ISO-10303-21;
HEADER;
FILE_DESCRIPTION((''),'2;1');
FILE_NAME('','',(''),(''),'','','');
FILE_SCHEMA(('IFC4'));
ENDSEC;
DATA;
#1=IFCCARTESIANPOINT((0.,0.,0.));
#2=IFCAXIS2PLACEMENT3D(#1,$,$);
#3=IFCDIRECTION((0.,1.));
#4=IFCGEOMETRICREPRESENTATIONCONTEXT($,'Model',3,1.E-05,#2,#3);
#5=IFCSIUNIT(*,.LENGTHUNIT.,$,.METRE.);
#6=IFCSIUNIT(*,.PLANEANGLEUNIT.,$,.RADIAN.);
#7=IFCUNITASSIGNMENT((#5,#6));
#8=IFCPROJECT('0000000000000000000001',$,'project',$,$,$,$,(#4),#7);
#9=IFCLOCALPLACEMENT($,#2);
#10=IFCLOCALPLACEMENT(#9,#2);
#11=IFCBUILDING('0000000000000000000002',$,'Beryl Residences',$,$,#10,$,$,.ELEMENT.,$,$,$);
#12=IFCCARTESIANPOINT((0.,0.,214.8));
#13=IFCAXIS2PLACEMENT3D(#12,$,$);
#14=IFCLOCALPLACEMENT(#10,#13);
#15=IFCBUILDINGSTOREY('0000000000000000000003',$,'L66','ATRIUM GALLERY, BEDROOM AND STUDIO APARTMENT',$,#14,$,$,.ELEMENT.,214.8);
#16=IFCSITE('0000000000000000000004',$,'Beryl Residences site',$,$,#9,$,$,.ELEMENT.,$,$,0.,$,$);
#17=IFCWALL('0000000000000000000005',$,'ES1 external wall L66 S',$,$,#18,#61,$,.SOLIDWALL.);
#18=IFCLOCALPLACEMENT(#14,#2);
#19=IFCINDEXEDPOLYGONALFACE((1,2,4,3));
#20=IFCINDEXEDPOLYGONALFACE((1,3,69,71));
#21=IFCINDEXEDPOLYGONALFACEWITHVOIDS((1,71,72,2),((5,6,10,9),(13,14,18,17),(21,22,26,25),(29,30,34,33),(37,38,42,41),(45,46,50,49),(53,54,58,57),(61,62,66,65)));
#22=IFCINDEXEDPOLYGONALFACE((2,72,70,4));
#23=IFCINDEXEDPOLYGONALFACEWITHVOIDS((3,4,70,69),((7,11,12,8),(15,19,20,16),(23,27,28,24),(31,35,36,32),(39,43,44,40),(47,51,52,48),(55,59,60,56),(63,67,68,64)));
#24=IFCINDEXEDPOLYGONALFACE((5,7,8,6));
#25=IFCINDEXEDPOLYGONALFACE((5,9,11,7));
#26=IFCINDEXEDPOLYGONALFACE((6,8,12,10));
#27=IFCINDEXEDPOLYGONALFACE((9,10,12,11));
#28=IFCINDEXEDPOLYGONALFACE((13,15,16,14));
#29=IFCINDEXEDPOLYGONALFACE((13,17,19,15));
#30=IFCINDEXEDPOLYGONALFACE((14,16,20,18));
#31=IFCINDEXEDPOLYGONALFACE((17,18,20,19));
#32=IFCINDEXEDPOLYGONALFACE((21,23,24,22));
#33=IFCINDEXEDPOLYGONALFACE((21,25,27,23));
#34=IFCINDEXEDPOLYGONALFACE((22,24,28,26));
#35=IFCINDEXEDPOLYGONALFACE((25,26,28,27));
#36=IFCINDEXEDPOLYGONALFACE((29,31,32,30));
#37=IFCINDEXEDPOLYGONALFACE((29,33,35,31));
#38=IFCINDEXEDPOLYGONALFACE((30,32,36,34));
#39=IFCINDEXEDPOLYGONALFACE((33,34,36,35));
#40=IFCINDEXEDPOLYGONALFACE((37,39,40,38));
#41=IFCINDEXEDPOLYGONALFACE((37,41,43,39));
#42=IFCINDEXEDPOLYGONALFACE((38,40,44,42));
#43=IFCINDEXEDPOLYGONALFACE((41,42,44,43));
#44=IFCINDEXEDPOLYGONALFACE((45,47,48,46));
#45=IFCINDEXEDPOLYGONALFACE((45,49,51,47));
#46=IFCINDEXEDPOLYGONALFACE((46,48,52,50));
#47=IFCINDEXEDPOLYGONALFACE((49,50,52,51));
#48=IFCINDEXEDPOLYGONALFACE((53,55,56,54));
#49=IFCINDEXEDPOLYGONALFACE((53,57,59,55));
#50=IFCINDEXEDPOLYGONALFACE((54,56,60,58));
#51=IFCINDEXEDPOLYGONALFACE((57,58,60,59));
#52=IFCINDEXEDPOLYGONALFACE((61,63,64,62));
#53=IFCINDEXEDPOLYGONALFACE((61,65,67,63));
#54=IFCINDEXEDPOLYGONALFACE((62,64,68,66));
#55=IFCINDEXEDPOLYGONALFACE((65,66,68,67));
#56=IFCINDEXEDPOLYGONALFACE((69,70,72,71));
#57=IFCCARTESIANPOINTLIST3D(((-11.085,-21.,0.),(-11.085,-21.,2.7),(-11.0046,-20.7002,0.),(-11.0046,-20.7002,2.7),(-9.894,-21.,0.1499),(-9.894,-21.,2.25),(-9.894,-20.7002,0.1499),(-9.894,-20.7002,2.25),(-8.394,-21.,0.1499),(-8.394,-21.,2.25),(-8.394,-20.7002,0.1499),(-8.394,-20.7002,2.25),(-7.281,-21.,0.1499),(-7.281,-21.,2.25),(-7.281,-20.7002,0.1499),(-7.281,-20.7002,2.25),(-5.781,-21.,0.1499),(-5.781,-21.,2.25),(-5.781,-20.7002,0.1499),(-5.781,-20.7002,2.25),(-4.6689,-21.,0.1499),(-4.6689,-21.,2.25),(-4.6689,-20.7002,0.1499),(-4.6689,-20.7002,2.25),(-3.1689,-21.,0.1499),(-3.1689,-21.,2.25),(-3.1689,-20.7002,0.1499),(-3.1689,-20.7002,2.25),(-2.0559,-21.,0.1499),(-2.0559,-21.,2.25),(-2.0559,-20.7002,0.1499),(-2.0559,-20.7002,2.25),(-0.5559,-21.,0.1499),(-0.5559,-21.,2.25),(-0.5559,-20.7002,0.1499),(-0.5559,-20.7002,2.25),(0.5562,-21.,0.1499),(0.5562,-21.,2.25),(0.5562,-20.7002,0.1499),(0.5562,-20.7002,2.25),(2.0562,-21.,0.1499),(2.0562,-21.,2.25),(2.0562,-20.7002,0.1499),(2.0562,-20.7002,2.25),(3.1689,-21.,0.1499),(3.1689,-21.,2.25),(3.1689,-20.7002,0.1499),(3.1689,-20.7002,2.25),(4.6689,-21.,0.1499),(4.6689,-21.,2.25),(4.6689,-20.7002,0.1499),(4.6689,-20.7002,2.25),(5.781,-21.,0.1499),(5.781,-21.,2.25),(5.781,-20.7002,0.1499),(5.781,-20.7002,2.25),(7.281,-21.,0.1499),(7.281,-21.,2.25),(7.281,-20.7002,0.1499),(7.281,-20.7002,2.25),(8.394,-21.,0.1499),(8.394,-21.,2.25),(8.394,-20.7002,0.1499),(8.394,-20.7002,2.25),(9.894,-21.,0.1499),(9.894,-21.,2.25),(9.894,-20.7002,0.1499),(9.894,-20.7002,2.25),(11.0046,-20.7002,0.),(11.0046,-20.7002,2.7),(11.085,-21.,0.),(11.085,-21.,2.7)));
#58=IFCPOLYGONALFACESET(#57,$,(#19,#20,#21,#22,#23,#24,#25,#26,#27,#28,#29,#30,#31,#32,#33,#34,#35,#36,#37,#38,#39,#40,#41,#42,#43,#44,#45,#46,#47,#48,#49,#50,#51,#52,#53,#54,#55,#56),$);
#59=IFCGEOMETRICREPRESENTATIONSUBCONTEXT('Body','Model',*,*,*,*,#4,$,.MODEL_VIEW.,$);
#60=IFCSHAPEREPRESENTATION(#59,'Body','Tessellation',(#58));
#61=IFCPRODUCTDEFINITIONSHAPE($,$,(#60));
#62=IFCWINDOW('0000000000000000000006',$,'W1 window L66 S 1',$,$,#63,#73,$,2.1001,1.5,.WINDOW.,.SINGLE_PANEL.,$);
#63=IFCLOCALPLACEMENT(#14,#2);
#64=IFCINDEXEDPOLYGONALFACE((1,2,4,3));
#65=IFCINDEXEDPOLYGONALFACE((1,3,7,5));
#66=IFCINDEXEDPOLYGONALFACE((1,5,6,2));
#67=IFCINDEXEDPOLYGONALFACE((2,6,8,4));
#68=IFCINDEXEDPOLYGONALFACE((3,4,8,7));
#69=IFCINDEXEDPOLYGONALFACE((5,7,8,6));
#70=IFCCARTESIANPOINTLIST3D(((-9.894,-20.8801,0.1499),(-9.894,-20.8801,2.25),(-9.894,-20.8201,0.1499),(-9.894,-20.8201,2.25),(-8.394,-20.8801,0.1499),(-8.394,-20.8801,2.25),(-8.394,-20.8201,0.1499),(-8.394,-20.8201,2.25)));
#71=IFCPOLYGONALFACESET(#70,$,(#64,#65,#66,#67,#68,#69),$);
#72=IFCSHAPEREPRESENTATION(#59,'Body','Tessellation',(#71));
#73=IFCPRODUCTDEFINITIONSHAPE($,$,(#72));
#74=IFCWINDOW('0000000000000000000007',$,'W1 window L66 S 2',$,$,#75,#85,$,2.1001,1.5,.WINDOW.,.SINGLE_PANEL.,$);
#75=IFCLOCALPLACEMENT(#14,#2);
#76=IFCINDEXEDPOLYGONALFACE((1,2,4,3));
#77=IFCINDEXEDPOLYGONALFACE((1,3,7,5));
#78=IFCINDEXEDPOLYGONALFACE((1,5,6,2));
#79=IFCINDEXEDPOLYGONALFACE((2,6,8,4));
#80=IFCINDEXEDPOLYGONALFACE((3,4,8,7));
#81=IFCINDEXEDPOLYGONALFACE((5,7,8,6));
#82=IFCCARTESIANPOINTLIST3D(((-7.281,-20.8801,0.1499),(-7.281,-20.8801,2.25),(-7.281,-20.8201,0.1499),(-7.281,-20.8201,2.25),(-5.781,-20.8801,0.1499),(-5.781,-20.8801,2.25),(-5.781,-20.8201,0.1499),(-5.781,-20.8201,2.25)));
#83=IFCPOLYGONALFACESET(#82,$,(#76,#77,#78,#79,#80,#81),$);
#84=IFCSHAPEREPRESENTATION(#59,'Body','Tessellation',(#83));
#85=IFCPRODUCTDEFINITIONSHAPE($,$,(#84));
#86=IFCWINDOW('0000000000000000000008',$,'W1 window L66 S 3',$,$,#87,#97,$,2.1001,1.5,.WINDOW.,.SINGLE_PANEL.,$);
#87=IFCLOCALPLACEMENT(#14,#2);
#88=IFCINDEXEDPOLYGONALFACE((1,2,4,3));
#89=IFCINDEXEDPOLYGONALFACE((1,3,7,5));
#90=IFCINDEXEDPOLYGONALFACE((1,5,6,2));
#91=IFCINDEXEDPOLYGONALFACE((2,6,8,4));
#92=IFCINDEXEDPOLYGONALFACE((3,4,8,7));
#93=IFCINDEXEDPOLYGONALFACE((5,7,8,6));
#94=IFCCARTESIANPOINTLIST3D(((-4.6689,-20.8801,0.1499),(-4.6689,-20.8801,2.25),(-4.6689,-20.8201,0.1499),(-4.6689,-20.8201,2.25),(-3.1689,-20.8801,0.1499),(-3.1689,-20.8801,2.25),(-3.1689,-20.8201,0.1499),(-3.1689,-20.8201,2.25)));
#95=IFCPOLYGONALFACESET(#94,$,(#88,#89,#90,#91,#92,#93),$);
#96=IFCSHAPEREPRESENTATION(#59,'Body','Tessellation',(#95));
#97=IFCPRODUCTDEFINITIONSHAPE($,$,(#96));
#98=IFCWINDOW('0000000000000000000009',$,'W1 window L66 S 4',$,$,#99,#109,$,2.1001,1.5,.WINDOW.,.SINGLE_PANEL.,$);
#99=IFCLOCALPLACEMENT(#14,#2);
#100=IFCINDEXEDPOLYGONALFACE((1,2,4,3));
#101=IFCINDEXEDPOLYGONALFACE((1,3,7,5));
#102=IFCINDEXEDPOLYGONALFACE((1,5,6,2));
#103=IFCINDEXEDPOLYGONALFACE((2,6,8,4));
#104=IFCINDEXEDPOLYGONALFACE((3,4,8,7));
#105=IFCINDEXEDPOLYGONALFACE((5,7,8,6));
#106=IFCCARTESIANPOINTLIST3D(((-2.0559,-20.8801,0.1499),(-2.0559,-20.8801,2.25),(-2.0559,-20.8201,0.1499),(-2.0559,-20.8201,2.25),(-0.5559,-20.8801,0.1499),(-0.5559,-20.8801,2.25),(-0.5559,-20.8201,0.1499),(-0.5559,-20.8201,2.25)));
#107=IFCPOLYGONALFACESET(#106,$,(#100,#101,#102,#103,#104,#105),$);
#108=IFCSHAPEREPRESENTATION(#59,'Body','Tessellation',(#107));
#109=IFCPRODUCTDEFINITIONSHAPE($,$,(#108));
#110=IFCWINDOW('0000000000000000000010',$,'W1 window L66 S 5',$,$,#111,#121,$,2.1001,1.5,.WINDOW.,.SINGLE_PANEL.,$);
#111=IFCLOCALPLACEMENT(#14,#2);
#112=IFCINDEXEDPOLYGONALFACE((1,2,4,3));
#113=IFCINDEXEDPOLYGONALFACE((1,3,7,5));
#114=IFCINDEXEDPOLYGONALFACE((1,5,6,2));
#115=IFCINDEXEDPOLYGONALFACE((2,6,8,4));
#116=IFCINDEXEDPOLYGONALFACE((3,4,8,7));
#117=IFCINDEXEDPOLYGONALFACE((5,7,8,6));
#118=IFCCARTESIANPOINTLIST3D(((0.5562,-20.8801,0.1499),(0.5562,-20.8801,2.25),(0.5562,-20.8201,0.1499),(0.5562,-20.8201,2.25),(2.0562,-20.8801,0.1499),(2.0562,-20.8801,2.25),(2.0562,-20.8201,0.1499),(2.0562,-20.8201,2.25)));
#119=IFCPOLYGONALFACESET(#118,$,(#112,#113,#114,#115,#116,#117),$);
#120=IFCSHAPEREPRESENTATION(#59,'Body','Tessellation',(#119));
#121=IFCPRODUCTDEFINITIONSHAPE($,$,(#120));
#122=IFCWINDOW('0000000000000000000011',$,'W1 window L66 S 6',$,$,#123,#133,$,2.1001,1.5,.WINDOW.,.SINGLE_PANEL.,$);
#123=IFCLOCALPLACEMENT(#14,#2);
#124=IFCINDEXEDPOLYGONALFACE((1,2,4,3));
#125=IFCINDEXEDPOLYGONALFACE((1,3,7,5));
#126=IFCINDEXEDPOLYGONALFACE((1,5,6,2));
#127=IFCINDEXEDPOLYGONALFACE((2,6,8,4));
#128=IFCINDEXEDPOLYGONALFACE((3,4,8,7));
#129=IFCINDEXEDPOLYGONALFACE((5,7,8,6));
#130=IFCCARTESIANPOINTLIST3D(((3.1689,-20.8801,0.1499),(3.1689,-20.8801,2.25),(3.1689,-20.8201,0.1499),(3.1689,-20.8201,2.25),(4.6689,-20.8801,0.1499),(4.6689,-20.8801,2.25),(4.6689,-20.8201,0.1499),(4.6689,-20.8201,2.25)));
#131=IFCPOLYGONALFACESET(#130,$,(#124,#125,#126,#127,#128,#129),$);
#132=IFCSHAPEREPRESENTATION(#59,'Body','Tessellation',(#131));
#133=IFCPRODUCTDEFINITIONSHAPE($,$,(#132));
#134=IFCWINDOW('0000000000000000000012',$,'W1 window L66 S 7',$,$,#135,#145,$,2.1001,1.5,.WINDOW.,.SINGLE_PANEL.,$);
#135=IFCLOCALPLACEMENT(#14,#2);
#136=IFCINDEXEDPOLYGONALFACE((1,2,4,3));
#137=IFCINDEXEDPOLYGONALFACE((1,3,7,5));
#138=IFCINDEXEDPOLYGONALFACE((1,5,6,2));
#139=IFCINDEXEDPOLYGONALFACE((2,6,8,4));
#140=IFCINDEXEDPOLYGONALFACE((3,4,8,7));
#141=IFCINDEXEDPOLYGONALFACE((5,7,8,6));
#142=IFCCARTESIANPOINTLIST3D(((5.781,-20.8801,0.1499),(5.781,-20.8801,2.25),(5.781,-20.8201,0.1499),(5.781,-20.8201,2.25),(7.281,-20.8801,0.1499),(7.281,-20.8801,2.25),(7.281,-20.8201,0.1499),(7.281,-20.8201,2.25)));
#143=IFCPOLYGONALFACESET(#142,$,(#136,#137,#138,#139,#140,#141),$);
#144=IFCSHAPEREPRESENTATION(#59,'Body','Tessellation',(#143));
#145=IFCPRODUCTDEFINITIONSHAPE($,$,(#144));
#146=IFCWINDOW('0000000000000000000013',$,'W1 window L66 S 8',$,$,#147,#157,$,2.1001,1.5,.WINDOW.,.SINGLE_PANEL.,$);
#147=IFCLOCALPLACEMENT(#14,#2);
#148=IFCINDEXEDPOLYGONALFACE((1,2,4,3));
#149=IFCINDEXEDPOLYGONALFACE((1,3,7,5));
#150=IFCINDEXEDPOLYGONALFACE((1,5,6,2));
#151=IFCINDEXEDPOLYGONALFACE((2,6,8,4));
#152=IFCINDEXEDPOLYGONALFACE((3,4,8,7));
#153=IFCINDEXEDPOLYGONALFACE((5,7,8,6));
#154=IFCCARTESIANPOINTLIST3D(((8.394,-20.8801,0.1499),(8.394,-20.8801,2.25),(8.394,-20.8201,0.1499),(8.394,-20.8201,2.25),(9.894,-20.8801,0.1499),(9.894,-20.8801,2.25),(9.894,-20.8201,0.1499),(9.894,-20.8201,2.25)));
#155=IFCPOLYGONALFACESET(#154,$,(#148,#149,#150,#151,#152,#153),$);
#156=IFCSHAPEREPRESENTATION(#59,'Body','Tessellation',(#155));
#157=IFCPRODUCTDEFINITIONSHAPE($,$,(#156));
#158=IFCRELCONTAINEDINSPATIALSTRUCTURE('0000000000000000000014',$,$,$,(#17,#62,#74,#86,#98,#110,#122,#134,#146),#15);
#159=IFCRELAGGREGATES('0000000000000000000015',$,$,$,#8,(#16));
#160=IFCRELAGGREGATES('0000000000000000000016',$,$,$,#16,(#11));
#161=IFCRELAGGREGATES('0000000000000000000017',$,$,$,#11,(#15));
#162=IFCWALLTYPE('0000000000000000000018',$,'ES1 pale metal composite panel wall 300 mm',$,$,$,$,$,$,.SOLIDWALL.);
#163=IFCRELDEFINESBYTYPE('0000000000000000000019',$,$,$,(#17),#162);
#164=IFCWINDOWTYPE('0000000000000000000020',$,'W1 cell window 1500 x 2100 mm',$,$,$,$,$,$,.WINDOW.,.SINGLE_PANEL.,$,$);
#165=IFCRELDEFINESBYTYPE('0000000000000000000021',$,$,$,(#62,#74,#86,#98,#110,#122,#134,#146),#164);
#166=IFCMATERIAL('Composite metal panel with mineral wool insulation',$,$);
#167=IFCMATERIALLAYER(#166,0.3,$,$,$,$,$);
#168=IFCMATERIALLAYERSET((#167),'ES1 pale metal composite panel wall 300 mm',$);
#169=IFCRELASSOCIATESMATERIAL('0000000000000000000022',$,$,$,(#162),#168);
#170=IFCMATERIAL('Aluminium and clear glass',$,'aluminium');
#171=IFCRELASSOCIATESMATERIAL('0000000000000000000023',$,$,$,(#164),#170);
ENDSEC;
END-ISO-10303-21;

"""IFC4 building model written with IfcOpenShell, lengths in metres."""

from ifc_helpers import new_model, si_unit, direction, frame, frame_2d, origin, place, context, subcontext, project, spatial, polyline, rectangle, outline, extrude, material, layer, layer_set, type_object, element, fill, save


model = new_model("IFC4")

# Units and contexts
model_context = context("Model", 3, precision=1e-05, world=origin(), true_north=direction((0.0, 1.0)))
body_context = subcontext(model_context, "Body", "Model", "MODEL_VIEW")
ifc_project = project(units=[si_unit("LENGTHUNIT", "METRE"), si_unit("PLANEANGLEUNIT", "RADIAN")], contexts=[model_context])

# Site, building, storey
site_placement = place(None, origin())
site = spatial("IfcSite", under=ifc_project, at=site_placement, Name="Beryl Residences site", CompositionType="ELEMENT", RefElevation=0.0)
building_placement = place(site_placement, origin())
building = spatial("IfcBuilding", under=site, at=building_placement, Name="Beryl Residences", CompositionType="ELEMENT")
storey_placement = place(building_placement, frame((0.0, 0.0, 214.8)))
storey = spatial("IfcBuildingStorey", under=building, at=storey_placement, Name="L66", Description="ATRIUM GALLERY, BEDROOM AND STUDIO APARTMENT", CompositionType="ELEMENT", Elevation=214.8)

# Wall, openings, windows
ifc_material_1 = material(Name="Composite metal panel with mineral wool insulation")
ifc_layer_1 = layer(ifc_material_1, 0.3)
ifc_layer_set_1 = layer_set([ifc_layer_1], Name="ES1 pale metal composite panel wall 300 mm")
wall_type_1 = type_object("IfcWallType", Name="ES1 pale metal composite panel wall 300 mm", PredefinedType="SOLIDWALL", material=ifc_layer_set_1)
wall_1_placement = place(storey_placement, frame((-11.085, -20.8501, 0.0), z_axis=(0.0, 0.0, 1.0), x_axis=(1.0, 0.0, 0.0)))
wall_1 = element("IfcWall", 1, at=wall_1_placement, inside=storey, type_object=wall_type_1, Name="ES1 external wall L66 S", PredefinedType="SOLIDWALL", context=body_context, shape_type="SweptSolid", body=[
    extrude(outline(polyline([(0.0, -0.1499), (22.1699, -0.1499), (22.0896, 0.1499), (0.0803, 0.1499), (0.0, -0.1499)])), origin(), (0.0, 0.0, 1.0), 2.7),
])
opening_1_placement = place(wall_1_placement, frame((1.1909, 0.0, 0.1499)))
opening_1 = element("IfcOpeningElement", 2, at=opening_1_placement, cuts=wall_1, PredefinedType="OPENING", context=body_context, shape_type="SweptSolid", body=[
    extrude(rectangle(XDim=1.5, YDim=2.1001, at=frame_2d((0.75, 1.05))), frame((0.0, 0.1599, 0.0), z_axis=(0.0, -1.0, 0.0), x_axis=(1.0, 0.0, 0.0)), (0.0, 0.0, 1.0), 0.3201),
])
opening_2_placement = place(wall_1_placement, frame((3.804, 0.0, 0.1499)))
opening_2 = element("IfcOpeningElement", 3, at=opening_2_placement, cuts=wall_1, PredefinedType="OPENING", context=body_context, shape_type="SweptSolid", body=[
    extrude(rectangle(XDim=1.5, YDim=2.1001, at=frame_2d((0.75, 1.05))), frame((0.0, 0.1599, 0.0), z_axis=(0.0, -1.0, 0.0), x_axis=(1.0, 0.0, 0.0)), (0.0, 0.0, 1.0), 0.3201),
])
opening_3_placement = place(wall_1_placement, frame((6.416, 0.0, 0.1499)))
opening_3 = element("IfcOpeningElement", 4, at=opening_3_placement, cuts=wall_1, PredefinedType="OPENING", context=body_context, shape_type="SweptSolid", body=[
    extrude(rectangle(XDim=1.5, YDim=2.1001, at=frame_2d((0.75, 1.05))), frame((0.0, 0.1599, 0.0), z_axis=(0.0, -1.0, 0.0), x_axis=(1.0, 0.0, 0.0)), (0.0, 0.0, 1.0), 0.3201),
])
opening_4_placement = place(wall_1_placement, frame((9.0291, 0.0, 0.1499)))
opening_4 = element("IfcOpeningElement", 5, at=opening_4_placement, cuts=wall_1, PredefinedType="OPENING", context=body_context, shape_type="SweptSolid", body=[
    extrude(rectangle(XDim=1.5, YDim=2.1001, at=frame_2d((0.75, 1.05))), frame((0.0, 0.1599, 0.0), z_axis=(0.0, -1.0, 0.0), x_axis=(1.0, 0.0, 0.0)), (0.0, 0.0, 1.0), 0.3201),
])
opening_5_placement = place(wall_1_placement, frame((11.6411, 0.0, 0.1499)))
opening_5 = element("IfcOpeningElement", 6, at=opening_5_placement, cuts=wall_1, PredefinedType="OPENING", context=body_context, shape_type="SweptSolid", body=[
    extrude(rectangle(XDim=1.5, YDim=2.1001, at=frame_2d((0.75, 1.05))), frame((0.0, 0.1599, 0.0), z_axis=(0.0, -1.0, 0.0), x_axis=(1.0, 0.0, 0.0)), (0.0, 0.0, 1.0), 0.3201),
])
opening_6_placement = place(wall_1_placement, frame((14.2539, 0.0, 0.1499)))
opening_6 = element("IfcOpeningElement", 7, at=opening_6_placement, cuts=wall_1, PredefinedType="OPENING", context=body_context, shape_type="SweptSolid", body=[
    extrude(rectangle(XDim=1.5, YDim=2.1001, at=frame_2d((0.75, 1.05))), frame((0.0, 0.1599, 0.0), z_axis=(0.0, -1.0, 0.0), x_axis=(1.0, 0.0, 0.0)), (0.0, 0.0, 1.0), 0.3201),
])
opening_7_placement = place(wall_1_placement, frame((16.866, 0.0, 0.1499)))
opening_7 = element("IfcOpeningElement", 8, at=opening_7_placement, cuts=wall_1, PredefinedType="OPENING", context=body_context, shape_type="SweptSolid", body=[
    extrude(rectangle(XDim=1.5, YDim=2.1001, at=frame_2d((0.75, 1.05))), frame((0.0, 0.1599, 0.0), z_axis=(0.0, -1.0, 0.0), x_axis=(1.0, 0.0, 0.0)), (0.0, 0.0, 1.0), 0.3201),
])
opening_8_placement = place(wall_1_placement, frame((19.479, 0.0, 0.1499)))
opening_8 = element("IfcOpeningElement", 9, at=opening_8_placement, cuts=wall_1, PredefinedType="OPENING", context=body_context, shape_type="SweptSolid", body=[
    extrude(rectangle(XDim=1.5, YDim=2.1001, at=frame_2d((0.75, 1.05))), frame((0.0, 0.1599, 0.0), z_axis=(0.0, -1.0, 0.0), x_axis=(1.0, 0.0, 0.0)), (0.0, 0.0, 1.0), 0.3201),
])
ifc_material_2 = material(Name="Aluminium and clear glass", Category="aluminium")
window_type = type_object("IfcWindowType", Name="W1 cell window 1500 x 2100 mm", PartitioningType="SINGLE_PANEL", PredefinedType="WINDOW", material=ifc_material_2)
window_1_placement = place(opening_1_placement, origin())
window_1 = element("IfcWindow", 10, at=window_1_placement, inside=storey, type_object=window_type, Name="W1 window L66 S 1", OverallHeight=2.1001, OverallWidth=1.5, PartitioningType="SINGLE_PANEL", PredefinedType="WINDOW", context=body_context, shape_type="SweptSolid", body=[
    extrude(rectangle(XDim=1.5, YDim=2.1001, at=frame_2d((0.75, 1.05))), frame((0.0, 0.03, 0.0), z_axis=(0.0, -1.0, 0.0), x_axis=(1.0, 0.0, 0.0)), (0.0, 0.0, 1.0), 0.0601),
])
fill(opening_1, window_1)
window_2_placement = place(opening_2_placement, origin())
window_2 = element("IfcWindow", 11, at=window_2_placement, inside=storey, type_object=window_type, Name="W1 window L66 S 2", OverallHeight=2.1001, OverallWidth=1.5, PartitioningType="SINGLE_PANEL", PredefinedType="WINDOW", context=body_context, shape_type="SweptSolid", body=[
    extrude(rectangle(XDim=1.5, YDim=2.1001, at=frame_2d((0.75, 1.05))), frame((0.0, 0.03, 0.0), z_axis=(0.0, -1.0, 0.0), x_axis=(1.0, 0.0, 0.0)), (0.0, 0.0, 1.0), 0.0601),
])
fill(opening_2, window_2)
window_3_placement = place(opening_3_placement, origin())
window_3 = element("IfcWindow", 12, at=window_3_placement, inside=storey, type_object=window_type, Name="W1 window L66 S 3", OverallHeight=2.1001, OverallWidth=1.5, PartitioningType="SINGLE_PANEL", PredefinedType="WINDOW", context=body_context, shape_type="SweptSolid", body=[
    extrude(rectangle(XDim=1.5, YDim=2.1001, at=frame_2d((0.75, 1.05))), frame((0.0, 0.03, 0.0), z_axis=(0.0, -1.0, 0.0), x_axis=(1.0, 0.0, 0.0)), (0.0, 0.0, 1.0), 0.0601),
])
fill(opening_3, window_3)
window_4_placement = place(opening_4_placement, origin())
window_4 = element("IfcWindow", 13, at=window_4_placement, inside=storey, type_object=window_type, Name="W1 window L66 S 4", OverallHeight=2.1001, OverallWidth=1.5, PartitioningType="SINGLE_PANEL", PredefinedType="WINDOW", context=body_context, shape_type="SweptSolid", body=[
    extrude(rectangle(XDim=1.5, YDim=2.1001, at=frame_2d((0.75, 1.05))), frame((0.0, 0.03, 0.0), z_axis=(0.0, -1.0, 0.0), x_axis=(1.0, 0.0, 0.0)), (0.0, 0.0, 1.0), 0.0601),
])
fill(opening_4, window_4)
window_5_placement = place(opening_5_placement, origin())
window_5 = element("IfcWindow", 14, at=window_5_placement, inside=storey, type_object=window_type, Name="W1 window L66 S 5", OverallHeight=2.1001, OverallWidth=1.5, PartitioningType="SINGLE_PANEL", PredefinedType="WINDOW", context=body_context, shape_type="SweptSolid", body=[
    extrude(rectangle(XDim=1.5, YDim=2.1001, at=frame_2d((0.75, 1.05))), frame((0.0, 0.03, 0.0), z_axis=(0.0, -1.0, 0.0), x_axis=(1.0, 0.0, 0.0)), (0.0, 0.0, 1.0), 0.0601),
])
fill(opening_5, window_5)
window_6_placement = place(opening_6_placement, origin())
window_6 = element("IfcWindow", 15, at=window_6_placement, inside=storey, type_object=window_type, Name="W1 window L66 S 6", OverallHeight=2.1001, OverallWidth=1.5, PartitioningType="SINGLE_PANEL", PredefinedType="WINDOW", context=body_context, shape_type="SweptSolid", body=[
    extrude(rectangle(XDim=1.5, YDim=2.1001, at=frame_2d((0.75, 1.05))), frame((0.0, 0.03, 0.0), z_axis=(0.0, -1.0, 0.0), x_axis=(1.0, 0.0, 0.0)), (0.0, 0.0, 1.0), 0.0601),
])
fill(opening_6, window_6)
window_7_placement = place(opening_7_placement, origin())
window_7 = element("IfcWindow", 16, at=window_7_placement, inside=storey, type_object=window_type, Name="W1 window L66 S 7", OverallHeight=2.1001, OverallWidth=1.5, PartitioningType="SINGLE_PANEL", PredefinedType="WINDOW", context=body_context, shape_type="SweptSolid", body=[
    extrude(rectangle(XDim=1.5, YDim=2.1001, at=frame_2d((0.75, 1.05))), frame((0.0, 0.03, 0.0), z_axis=(0.0, -1.0, 0.0), x_axis=(1.0, 0.0, 0.0)), (0.0, 0.0, 1.0), 0.0601),
])
fill(opening_7, window_7)
window_8_placement = place(opening_8_placement, origin())
window_8 = element("IfcWindow", 17, at=window_8_placement, inside=storey, type_object=window_type, Name="W1 window L66 S 8", OverallHeight=2.1001, OverallWidth=1.5, PartitioningType="SINGLE_PANEL", PredefinedType="WINDOW", context=body_context, shape_type="SweptSolid", body=[
    extrude(rectangle(XDim=1.5, YDim=2.1001, at=frame_2d((0.75, 1.05))), frame((0.0, 0.03, 0.0), z_axis=(0.0, -1.0, 0.0), x_axis=(1.0, 0.0, 0.0)), (0.0, 0.0, 1.0), 0.0601),
])
fill(opening_8, window_8)

save(model, "model.ifc")
